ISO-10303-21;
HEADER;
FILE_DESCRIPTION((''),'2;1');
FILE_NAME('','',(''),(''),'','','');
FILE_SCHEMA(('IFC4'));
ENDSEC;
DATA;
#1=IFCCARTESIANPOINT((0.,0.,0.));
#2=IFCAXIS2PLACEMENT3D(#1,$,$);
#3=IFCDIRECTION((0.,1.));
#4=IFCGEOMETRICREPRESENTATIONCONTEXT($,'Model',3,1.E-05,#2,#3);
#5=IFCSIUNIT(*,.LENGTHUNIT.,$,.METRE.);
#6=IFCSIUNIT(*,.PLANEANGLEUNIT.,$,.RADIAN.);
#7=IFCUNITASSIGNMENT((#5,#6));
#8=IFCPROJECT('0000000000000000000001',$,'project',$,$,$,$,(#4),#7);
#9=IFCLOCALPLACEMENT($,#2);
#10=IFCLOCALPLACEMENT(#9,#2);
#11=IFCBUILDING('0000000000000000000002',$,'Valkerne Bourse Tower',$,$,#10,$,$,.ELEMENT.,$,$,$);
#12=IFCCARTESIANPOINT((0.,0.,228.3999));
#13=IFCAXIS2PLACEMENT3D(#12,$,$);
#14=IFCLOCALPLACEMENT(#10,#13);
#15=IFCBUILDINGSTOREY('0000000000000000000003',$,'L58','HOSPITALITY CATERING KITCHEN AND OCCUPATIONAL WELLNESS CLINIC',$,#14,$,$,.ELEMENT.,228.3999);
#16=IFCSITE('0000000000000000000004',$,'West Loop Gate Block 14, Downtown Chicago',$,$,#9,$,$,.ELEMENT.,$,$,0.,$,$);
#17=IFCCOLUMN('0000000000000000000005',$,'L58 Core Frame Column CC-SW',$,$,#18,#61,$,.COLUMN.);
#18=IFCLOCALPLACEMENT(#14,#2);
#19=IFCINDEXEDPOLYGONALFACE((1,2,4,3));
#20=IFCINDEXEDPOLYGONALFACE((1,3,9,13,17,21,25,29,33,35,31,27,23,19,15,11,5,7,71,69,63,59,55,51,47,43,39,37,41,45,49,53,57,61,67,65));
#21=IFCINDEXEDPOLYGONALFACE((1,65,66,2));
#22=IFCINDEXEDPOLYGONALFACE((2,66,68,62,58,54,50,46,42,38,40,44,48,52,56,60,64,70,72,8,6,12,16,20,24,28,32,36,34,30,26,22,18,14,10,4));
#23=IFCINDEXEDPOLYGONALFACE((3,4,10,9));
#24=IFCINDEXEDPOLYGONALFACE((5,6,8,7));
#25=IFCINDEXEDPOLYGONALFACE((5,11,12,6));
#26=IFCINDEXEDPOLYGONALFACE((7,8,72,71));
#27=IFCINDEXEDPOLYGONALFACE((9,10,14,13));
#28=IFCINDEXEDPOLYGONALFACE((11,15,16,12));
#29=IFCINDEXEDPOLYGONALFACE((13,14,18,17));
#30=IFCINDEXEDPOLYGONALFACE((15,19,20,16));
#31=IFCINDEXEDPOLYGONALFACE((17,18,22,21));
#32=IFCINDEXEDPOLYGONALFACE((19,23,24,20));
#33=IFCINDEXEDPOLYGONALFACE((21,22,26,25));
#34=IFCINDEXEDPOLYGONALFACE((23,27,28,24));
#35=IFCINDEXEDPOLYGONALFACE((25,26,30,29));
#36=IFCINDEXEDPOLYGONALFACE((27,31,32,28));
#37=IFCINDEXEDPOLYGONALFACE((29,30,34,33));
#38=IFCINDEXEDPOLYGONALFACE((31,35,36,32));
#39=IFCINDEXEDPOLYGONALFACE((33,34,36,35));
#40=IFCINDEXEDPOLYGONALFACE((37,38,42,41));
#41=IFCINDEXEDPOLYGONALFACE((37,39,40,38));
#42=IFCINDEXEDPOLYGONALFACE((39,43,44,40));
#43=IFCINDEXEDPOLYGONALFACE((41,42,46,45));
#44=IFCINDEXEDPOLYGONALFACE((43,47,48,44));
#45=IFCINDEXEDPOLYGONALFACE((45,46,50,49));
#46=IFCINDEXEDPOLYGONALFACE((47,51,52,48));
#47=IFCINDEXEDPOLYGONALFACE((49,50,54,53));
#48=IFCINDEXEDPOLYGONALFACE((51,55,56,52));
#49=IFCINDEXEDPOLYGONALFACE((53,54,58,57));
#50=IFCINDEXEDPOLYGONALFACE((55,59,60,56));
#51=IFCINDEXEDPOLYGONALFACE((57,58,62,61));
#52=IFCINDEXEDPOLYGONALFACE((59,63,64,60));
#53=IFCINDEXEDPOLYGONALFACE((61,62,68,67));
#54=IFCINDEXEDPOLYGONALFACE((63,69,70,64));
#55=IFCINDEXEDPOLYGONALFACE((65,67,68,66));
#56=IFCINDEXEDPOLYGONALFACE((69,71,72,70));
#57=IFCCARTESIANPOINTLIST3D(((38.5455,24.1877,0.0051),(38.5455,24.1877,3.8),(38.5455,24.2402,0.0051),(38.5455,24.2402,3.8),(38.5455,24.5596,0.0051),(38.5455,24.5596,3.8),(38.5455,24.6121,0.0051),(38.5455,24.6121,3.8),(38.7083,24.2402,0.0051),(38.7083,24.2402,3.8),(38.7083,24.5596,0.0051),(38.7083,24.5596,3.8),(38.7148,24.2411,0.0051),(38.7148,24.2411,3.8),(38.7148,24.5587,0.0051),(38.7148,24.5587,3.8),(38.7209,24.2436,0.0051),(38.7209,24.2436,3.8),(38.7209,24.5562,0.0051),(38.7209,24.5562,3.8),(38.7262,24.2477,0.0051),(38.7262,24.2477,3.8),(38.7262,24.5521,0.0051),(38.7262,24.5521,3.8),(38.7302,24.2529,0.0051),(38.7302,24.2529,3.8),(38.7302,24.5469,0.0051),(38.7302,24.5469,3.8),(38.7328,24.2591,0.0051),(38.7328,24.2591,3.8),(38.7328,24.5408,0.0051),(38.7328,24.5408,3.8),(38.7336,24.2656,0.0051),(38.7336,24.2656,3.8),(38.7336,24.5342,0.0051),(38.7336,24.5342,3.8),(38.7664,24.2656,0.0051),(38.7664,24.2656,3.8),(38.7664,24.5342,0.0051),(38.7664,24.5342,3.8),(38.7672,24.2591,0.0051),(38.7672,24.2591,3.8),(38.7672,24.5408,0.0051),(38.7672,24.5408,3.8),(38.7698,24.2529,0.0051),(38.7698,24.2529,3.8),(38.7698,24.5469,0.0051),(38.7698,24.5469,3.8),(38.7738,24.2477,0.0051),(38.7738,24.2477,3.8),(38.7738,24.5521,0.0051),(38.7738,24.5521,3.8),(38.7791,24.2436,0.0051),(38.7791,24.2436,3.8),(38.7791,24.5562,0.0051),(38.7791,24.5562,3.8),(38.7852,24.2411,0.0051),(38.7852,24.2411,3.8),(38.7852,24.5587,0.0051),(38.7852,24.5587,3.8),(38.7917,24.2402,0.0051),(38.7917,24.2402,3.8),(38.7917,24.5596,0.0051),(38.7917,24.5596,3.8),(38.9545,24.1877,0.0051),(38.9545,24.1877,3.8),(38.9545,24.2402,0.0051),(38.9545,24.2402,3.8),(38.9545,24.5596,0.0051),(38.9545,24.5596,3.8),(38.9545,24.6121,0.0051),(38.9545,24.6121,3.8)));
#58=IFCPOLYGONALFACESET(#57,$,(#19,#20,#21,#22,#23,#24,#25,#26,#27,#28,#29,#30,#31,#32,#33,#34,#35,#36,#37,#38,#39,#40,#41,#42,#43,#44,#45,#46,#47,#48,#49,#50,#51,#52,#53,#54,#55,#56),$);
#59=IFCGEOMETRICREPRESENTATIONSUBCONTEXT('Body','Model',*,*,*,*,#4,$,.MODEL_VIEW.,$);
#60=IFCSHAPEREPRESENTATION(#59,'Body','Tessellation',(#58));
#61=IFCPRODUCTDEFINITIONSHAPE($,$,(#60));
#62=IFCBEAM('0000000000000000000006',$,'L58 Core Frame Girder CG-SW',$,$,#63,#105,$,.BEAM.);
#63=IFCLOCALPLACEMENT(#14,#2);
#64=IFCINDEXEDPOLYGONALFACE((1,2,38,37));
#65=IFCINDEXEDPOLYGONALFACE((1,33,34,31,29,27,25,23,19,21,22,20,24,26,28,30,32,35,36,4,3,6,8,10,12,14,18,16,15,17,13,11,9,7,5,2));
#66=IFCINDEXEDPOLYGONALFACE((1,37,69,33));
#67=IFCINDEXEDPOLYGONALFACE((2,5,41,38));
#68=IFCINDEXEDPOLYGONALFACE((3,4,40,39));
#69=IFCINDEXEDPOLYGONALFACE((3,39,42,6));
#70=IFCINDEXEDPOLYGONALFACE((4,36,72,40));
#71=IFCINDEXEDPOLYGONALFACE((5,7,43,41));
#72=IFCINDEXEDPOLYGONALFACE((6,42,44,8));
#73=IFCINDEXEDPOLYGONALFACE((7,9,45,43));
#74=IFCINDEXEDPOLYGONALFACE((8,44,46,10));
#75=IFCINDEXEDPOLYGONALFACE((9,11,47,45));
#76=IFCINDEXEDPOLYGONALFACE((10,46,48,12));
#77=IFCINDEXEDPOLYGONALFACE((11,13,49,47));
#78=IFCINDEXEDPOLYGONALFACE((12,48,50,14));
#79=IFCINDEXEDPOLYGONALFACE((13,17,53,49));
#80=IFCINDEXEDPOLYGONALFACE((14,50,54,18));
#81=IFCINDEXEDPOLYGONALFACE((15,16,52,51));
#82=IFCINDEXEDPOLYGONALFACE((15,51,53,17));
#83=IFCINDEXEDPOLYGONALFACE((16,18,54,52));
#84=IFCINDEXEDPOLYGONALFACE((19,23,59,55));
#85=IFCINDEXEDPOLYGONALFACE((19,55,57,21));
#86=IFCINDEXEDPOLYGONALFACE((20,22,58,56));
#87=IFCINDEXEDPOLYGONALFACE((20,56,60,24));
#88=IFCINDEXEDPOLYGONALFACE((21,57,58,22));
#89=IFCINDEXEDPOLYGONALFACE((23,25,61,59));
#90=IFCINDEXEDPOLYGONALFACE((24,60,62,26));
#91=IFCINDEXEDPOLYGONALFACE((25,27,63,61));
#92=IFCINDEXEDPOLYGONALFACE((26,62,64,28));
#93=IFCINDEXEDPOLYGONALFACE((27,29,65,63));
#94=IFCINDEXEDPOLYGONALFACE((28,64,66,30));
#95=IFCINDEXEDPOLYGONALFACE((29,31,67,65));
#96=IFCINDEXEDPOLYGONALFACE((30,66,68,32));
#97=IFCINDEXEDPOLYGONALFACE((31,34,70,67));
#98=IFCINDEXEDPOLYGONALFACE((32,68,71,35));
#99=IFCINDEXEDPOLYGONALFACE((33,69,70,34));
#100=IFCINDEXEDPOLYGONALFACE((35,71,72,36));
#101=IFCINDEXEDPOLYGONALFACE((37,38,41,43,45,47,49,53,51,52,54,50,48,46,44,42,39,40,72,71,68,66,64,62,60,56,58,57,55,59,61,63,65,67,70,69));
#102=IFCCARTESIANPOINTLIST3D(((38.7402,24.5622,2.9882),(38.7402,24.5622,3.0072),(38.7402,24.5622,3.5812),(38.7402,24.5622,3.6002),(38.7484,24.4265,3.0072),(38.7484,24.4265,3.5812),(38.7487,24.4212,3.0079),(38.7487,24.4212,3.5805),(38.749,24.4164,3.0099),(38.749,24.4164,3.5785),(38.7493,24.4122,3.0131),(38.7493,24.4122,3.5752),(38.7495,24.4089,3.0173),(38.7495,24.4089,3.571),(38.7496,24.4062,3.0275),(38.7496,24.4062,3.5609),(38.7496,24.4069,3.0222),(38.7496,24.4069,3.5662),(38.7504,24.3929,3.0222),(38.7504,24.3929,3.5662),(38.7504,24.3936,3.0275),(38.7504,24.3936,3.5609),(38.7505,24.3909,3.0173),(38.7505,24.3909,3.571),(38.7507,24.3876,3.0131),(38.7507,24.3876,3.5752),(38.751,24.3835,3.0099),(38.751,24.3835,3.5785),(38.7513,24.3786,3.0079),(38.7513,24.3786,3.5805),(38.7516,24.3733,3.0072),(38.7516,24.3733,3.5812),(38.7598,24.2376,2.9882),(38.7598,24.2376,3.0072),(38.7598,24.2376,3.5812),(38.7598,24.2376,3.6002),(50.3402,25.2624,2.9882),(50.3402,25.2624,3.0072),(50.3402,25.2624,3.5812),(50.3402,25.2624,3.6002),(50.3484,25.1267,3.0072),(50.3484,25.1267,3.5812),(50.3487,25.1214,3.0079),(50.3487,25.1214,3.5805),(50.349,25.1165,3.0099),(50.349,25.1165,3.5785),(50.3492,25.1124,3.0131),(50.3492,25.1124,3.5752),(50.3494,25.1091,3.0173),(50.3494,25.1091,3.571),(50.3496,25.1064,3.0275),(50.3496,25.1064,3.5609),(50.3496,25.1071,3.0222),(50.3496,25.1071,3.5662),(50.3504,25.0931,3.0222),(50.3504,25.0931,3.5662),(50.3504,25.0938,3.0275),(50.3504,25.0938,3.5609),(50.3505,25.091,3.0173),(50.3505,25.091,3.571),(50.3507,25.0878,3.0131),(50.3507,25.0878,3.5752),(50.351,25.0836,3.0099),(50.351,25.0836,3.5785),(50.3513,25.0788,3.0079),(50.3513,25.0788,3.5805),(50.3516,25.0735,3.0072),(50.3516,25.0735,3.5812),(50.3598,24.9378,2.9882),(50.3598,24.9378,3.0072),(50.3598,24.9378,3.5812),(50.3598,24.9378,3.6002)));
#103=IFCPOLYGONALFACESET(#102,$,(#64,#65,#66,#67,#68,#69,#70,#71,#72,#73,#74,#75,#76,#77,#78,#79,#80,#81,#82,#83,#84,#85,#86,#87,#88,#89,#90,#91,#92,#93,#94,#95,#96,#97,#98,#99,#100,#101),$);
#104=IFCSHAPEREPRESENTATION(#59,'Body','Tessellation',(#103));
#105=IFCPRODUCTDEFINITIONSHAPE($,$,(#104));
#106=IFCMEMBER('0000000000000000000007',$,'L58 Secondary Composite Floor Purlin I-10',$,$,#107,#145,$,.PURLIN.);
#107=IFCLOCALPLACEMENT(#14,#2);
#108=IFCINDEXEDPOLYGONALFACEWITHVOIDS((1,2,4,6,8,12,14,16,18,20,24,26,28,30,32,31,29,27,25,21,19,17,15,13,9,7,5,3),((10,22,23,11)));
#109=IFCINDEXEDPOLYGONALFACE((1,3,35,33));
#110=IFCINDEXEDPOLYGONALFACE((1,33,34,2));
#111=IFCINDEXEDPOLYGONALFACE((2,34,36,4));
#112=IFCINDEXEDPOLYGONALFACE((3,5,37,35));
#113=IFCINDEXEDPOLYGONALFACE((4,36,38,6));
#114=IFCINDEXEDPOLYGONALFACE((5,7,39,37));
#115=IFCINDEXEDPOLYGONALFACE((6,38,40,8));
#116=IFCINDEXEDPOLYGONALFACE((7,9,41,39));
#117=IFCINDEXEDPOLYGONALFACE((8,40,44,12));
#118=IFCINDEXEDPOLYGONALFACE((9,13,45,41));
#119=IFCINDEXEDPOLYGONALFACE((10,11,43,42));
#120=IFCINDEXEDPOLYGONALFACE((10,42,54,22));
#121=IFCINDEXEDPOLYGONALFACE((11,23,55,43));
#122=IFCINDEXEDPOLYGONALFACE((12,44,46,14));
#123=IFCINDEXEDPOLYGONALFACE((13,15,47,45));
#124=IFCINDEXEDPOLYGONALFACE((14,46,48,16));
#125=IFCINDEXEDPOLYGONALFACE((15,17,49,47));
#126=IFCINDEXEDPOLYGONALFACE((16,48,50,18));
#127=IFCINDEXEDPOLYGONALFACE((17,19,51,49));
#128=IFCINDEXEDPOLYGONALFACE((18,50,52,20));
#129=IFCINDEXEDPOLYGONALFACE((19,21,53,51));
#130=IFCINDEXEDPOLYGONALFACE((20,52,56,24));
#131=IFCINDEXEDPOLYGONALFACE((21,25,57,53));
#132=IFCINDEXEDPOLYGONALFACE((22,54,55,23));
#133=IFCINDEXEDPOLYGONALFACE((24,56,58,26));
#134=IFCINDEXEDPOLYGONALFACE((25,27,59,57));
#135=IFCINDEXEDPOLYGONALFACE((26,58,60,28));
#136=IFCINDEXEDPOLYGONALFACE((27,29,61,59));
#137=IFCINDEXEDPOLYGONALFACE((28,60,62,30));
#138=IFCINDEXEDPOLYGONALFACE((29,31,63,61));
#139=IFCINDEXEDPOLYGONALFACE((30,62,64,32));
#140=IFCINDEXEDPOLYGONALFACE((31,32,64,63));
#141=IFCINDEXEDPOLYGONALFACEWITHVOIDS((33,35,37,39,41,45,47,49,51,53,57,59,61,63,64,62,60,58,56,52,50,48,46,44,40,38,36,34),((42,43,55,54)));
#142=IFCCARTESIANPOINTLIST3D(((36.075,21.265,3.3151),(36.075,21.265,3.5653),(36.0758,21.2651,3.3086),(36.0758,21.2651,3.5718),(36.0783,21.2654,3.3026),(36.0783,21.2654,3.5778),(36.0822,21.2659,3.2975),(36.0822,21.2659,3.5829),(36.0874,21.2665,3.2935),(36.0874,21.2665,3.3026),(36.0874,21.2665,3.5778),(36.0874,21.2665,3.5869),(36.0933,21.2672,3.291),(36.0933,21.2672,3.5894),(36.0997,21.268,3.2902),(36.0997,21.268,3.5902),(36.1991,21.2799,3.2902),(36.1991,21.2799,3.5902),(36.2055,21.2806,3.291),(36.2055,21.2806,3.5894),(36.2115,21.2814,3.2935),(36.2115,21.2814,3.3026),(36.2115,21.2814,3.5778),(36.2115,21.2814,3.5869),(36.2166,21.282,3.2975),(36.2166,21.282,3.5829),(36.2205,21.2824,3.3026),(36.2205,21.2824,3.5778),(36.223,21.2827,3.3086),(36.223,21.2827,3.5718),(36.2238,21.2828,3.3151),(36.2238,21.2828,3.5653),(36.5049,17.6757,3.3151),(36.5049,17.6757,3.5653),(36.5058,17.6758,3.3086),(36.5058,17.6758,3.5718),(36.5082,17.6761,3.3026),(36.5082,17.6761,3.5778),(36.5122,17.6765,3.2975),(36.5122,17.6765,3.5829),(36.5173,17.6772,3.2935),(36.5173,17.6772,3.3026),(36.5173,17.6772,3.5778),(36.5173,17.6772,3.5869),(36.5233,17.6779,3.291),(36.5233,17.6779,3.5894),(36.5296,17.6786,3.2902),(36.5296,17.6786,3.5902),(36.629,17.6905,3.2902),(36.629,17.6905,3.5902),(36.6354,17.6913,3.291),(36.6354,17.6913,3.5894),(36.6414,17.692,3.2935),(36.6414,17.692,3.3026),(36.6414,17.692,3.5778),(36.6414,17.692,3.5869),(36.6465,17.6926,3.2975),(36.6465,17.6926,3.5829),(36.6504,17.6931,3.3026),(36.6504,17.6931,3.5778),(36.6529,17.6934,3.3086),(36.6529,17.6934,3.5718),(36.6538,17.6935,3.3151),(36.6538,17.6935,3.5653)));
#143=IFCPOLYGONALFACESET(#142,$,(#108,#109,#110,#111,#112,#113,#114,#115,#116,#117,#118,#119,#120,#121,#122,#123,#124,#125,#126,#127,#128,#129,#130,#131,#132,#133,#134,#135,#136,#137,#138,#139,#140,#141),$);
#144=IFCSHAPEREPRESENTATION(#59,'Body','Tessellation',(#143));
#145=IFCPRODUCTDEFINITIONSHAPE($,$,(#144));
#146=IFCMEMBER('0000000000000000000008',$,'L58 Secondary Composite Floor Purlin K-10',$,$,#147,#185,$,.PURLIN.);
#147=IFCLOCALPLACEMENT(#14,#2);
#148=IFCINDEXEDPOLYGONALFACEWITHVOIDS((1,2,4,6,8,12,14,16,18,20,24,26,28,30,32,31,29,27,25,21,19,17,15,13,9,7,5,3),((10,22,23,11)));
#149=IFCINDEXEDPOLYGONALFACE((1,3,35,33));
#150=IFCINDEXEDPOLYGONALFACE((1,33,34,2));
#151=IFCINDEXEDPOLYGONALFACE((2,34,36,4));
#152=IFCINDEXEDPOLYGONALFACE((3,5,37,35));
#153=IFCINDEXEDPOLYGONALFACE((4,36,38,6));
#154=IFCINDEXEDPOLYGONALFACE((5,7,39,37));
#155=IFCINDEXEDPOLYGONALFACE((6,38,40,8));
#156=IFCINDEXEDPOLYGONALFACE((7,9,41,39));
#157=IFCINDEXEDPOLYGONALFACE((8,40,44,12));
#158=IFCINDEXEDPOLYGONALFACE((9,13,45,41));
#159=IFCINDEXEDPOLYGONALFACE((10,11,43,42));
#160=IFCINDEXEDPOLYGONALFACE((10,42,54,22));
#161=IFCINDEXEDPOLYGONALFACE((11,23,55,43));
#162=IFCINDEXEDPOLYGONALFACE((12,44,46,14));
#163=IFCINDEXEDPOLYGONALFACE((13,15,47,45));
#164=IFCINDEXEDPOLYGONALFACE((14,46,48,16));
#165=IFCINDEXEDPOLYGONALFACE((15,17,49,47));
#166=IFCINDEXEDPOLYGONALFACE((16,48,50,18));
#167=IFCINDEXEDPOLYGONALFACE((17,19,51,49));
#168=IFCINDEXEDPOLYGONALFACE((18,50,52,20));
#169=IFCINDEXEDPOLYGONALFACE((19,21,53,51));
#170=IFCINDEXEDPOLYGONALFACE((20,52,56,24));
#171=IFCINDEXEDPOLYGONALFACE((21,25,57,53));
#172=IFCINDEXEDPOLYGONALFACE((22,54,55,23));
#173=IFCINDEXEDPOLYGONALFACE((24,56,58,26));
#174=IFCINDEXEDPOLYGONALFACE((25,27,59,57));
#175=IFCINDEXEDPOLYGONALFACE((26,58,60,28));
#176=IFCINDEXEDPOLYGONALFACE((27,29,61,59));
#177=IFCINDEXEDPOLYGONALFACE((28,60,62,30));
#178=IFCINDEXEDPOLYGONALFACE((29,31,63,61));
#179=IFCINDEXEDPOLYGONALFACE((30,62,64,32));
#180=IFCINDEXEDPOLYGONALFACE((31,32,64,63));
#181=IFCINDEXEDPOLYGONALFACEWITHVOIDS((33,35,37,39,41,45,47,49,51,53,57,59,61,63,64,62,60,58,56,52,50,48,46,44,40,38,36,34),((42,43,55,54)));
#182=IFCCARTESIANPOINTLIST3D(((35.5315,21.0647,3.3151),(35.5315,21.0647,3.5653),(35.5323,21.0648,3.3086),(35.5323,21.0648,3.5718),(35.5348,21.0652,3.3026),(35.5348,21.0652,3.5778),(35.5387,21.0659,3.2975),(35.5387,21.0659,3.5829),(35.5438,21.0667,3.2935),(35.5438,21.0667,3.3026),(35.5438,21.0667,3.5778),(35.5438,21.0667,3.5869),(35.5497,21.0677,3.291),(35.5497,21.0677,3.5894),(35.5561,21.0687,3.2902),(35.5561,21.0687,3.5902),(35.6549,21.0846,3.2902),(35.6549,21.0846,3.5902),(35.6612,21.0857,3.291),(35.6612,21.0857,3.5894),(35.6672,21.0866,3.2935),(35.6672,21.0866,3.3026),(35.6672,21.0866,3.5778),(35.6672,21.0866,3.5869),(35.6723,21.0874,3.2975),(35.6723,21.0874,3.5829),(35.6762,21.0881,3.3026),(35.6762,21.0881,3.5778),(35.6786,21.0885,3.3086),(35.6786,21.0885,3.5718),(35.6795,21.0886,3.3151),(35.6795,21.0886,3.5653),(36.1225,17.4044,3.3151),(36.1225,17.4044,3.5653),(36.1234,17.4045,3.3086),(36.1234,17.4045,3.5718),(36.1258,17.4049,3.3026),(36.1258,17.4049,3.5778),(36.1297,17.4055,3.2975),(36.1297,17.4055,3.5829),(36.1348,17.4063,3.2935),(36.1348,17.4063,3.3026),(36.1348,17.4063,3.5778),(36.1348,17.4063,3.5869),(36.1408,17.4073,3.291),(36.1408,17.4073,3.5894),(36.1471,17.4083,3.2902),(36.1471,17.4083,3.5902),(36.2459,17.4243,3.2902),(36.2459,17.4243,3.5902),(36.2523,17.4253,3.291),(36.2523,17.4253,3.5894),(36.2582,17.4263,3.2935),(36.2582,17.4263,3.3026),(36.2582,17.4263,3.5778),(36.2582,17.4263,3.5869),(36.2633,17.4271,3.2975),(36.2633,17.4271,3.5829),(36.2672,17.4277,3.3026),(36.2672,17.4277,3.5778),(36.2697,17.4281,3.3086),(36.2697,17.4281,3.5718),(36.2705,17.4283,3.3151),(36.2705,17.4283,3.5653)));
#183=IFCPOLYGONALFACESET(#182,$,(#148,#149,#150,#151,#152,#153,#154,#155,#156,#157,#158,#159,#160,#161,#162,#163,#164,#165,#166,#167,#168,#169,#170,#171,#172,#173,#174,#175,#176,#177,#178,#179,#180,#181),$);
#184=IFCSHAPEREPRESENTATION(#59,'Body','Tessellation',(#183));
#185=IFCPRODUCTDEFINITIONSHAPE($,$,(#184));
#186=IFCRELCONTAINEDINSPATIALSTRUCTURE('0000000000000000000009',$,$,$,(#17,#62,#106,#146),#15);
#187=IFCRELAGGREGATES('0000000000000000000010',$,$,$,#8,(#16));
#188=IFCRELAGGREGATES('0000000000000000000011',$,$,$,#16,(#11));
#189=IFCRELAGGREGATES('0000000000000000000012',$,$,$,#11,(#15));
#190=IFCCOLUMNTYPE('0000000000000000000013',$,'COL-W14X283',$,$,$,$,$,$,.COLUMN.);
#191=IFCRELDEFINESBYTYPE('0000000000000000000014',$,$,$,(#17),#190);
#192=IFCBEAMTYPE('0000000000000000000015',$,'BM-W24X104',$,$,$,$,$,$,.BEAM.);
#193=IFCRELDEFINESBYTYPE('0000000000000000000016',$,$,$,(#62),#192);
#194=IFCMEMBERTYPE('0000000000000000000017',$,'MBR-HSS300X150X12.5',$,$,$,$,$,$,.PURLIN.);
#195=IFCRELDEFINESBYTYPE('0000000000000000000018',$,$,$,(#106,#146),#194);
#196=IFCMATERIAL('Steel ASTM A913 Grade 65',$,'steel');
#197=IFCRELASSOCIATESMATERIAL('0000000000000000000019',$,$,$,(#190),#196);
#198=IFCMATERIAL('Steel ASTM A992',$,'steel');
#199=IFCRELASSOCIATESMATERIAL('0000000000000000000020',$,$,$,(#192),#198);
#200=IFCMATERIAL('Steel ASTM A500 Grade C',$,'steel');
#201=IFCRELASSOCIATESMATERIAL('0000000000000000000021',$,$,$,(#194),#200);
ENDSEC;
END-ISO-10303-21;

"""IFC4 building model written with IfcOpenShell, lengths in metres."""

from ifc_helpers import new_model, si_unit, direction, frame, origin, origin_2d, place, context, subcontext, project, spatial, hollow_rectangle, i_section, extrude, material, material_profile, profile_set, type_object, element, save


model = new_model("IFC4")

# Units and contexts
model_context = context("Model", 3, precision=1e-05, world=origin(), true_north=direction((0.0, 1.0)))
body_context = subcontext(model_context, "Body", "Model", "MODEL_VIEW")
ifc_project = project(units=[si_unit("LENGTHUNIT", "METRE"), si_unit("PLANEANGLEUNIT", "RADIAN")], contexts=[model_context])

# Site, building, storey
site_placement = place(None, origin())
site = spatial("IfcSite", under=ifc_project, at=site_placement, Name="West Loop Gate Block 14, Downtown Chicago", CompositionType="ELEMENT", RefElevation=0.0)
building_placement = place(site_placement, origin())
building = spatial("IfcBuilding", under=site, at=building_placement, Name="Valkerne Bourse Tower", CompositionType="ELEMENT")
storey_placement = place(building_placement, frame((0.0, 0.0, 228.3999)))
storey = spatial("IfcBuildingStorey", under=building, at=storey_placement, Name="L58", Description="HOSPITALITY CATERING KITCHEN AND OCCUPATIONAL WELLNESS CLINIC", CompositionType="ELEMENT", Elevation=228.3999)

# Column
ifc_material_1 = material(Name="Steel ASTM A913 Grade 65", Category="steel")
ifc_material_profile_1 = material_profile(ifc_material_1, i_section(OverallWidth=0.4089, OverallDepth=0.4243, WebThickness=0.0327, FlangeThickness=0.0525, FilletRadius=0.0254, at=origin_2d()), Name="W14X283")
ifc_profile_set_1 = profile_set([ifc_material_profile_1], Name="Steel ASTM A913 Grade 65")
column_type = type_object("IfcColumnType", Name="COL-W14X283", PredefinedType="COLUMN", material=ifc_profile_set_1)
column_placement = place(storey_placement, frame((38.75, 24.3999, 0.0051), z_axis=(0.0, 0.0, 1.0), x_axis=(1.0, 0.0, 0.0)))
element("IfcColumn", 1, at=column_placement, inside=storey, type_object=column_type, Name="L58 Core Frame Column CC-SW", PredefinedType="COLUMN", context=body_context, shape_type="SweptSolid", body=[
    extrude(i_section(OverallWidth=0.4089, OverallDepth=0.4243, WebThickness=0.0327, FlangeThickness=0.0525, FilletRadius=0.0254, at=origin_2d()), origin(), (0.0, 0.0, 1.0), 3.7949),
])

# Beam
ifc_material_2 = material(Name="Steel ASTM A992", Category="steel")
ifc_material_profile_2 = material_profile(ifc_material_2, i_section(OverallWidth=0.3252, OverallDepth=0.6121, WebThickness=0.0127, FlangeThickness=0.019, FilletRadius=0.0203, at=origin_2d()), Name="W24X104")
ifc_profile_set_2 = profile_set([ifc_material_profile_2], Name="Steel ASTM A992")
beam_type = type_object("IfcBeamType", Name="BM-W24X104", PredefinedType="BEAM", material=ifc_profile_set_2)
beam_placement = place(storey_placement, frame((38.75, 24.3999, 3.2942), z_axis=(0.998183, 0.060251, 0.0), x_axis=(-0.060251, 0.998183, 0.0)))
element("IfcBeam", 2, at=beam_placement, inside=storey, type_object=beam_type, Name="L58 Core Frame Girder CG-SW", PredefinedType="BEAM", context=body_context, shape_type="SweptSolid", body=[
    extrude(i_section(OverallWidth=0.3252, OverallDepth=0.6121, WebThickness=0.0127, FlangeThickness=0.019, FilletRadius=0.0203, at=origin_2d()), origin(), (0.0, 0.0, 1.0), 11.6211),
])

# Members
ifc_material_3 = material(Name="Steel ASTM A500 Grade C", Category="steel")
ifc_material_profile_3 = material_profile(ifc_material_3, hollow_rectangle(XDim=0.1499, YDim=0.3, WallThickness=0.0125, OuterFilletRadius=0.0249, at=origin_2d()), Name="HSS300X150X12.5")
ifc_profile_set_3 = profile_set([ifc_material_profile_3], Name="Steel ASTM A500 Grade C")
member_type = type_object("IfcMemberType", Name="MBR-HSS300X150X12.5", PredefinedType="PURLIN", material=ifc_profile_set_3)
member_1_placement = place(storey_placement, frame((36.1494, 21.2739, 3.4402), z_axis=(0.11893, -0.992903, 0.0), x_axis=(0.992903, 0.11893, 0.0)))
element("IfcMember", 3, at=member_1_placement, inside=storey, type_object=member_type, Name="L58 Secondary Composite Floor Purlin I-10", PredefinedType="PURLIN", context=body_context, shape_type="SweptSolid", body=[
    extrude(hollow_rectangle(XDim=0.1499, YDim=0.3, WallThickness=0.0125, OuterFilletRadius=0.0249, at=origin_2d()), origin(), (0.0, 0.0, 1.0), 3.615),
])
member_2_placement = place(storey_placement, frame((35.6055, 21.0767, 3.4402), z_axis=(0.15941, -0.987212, 0.0), x_axis=(0.987212, 0.15941, 0.0)))
element("IfcMember", 4, at=member_2_placement, inside=storey, type_object=member_type, Name="L58 Secondary Composite Floor Purlin K-10", PredefinedType="PURLIN", context=body_context, shape_type="SweptSolid", body=[
    extrude(hollow_rectangle(XDim=0.1499, YDim=0.3, WallThickness=0.0125, OuterFilletRadius=0.0249, at=origin_2d()), origin(), (0.0, 0.0, 1.0), 3.7078),
])

save(model, "model.ifc")
